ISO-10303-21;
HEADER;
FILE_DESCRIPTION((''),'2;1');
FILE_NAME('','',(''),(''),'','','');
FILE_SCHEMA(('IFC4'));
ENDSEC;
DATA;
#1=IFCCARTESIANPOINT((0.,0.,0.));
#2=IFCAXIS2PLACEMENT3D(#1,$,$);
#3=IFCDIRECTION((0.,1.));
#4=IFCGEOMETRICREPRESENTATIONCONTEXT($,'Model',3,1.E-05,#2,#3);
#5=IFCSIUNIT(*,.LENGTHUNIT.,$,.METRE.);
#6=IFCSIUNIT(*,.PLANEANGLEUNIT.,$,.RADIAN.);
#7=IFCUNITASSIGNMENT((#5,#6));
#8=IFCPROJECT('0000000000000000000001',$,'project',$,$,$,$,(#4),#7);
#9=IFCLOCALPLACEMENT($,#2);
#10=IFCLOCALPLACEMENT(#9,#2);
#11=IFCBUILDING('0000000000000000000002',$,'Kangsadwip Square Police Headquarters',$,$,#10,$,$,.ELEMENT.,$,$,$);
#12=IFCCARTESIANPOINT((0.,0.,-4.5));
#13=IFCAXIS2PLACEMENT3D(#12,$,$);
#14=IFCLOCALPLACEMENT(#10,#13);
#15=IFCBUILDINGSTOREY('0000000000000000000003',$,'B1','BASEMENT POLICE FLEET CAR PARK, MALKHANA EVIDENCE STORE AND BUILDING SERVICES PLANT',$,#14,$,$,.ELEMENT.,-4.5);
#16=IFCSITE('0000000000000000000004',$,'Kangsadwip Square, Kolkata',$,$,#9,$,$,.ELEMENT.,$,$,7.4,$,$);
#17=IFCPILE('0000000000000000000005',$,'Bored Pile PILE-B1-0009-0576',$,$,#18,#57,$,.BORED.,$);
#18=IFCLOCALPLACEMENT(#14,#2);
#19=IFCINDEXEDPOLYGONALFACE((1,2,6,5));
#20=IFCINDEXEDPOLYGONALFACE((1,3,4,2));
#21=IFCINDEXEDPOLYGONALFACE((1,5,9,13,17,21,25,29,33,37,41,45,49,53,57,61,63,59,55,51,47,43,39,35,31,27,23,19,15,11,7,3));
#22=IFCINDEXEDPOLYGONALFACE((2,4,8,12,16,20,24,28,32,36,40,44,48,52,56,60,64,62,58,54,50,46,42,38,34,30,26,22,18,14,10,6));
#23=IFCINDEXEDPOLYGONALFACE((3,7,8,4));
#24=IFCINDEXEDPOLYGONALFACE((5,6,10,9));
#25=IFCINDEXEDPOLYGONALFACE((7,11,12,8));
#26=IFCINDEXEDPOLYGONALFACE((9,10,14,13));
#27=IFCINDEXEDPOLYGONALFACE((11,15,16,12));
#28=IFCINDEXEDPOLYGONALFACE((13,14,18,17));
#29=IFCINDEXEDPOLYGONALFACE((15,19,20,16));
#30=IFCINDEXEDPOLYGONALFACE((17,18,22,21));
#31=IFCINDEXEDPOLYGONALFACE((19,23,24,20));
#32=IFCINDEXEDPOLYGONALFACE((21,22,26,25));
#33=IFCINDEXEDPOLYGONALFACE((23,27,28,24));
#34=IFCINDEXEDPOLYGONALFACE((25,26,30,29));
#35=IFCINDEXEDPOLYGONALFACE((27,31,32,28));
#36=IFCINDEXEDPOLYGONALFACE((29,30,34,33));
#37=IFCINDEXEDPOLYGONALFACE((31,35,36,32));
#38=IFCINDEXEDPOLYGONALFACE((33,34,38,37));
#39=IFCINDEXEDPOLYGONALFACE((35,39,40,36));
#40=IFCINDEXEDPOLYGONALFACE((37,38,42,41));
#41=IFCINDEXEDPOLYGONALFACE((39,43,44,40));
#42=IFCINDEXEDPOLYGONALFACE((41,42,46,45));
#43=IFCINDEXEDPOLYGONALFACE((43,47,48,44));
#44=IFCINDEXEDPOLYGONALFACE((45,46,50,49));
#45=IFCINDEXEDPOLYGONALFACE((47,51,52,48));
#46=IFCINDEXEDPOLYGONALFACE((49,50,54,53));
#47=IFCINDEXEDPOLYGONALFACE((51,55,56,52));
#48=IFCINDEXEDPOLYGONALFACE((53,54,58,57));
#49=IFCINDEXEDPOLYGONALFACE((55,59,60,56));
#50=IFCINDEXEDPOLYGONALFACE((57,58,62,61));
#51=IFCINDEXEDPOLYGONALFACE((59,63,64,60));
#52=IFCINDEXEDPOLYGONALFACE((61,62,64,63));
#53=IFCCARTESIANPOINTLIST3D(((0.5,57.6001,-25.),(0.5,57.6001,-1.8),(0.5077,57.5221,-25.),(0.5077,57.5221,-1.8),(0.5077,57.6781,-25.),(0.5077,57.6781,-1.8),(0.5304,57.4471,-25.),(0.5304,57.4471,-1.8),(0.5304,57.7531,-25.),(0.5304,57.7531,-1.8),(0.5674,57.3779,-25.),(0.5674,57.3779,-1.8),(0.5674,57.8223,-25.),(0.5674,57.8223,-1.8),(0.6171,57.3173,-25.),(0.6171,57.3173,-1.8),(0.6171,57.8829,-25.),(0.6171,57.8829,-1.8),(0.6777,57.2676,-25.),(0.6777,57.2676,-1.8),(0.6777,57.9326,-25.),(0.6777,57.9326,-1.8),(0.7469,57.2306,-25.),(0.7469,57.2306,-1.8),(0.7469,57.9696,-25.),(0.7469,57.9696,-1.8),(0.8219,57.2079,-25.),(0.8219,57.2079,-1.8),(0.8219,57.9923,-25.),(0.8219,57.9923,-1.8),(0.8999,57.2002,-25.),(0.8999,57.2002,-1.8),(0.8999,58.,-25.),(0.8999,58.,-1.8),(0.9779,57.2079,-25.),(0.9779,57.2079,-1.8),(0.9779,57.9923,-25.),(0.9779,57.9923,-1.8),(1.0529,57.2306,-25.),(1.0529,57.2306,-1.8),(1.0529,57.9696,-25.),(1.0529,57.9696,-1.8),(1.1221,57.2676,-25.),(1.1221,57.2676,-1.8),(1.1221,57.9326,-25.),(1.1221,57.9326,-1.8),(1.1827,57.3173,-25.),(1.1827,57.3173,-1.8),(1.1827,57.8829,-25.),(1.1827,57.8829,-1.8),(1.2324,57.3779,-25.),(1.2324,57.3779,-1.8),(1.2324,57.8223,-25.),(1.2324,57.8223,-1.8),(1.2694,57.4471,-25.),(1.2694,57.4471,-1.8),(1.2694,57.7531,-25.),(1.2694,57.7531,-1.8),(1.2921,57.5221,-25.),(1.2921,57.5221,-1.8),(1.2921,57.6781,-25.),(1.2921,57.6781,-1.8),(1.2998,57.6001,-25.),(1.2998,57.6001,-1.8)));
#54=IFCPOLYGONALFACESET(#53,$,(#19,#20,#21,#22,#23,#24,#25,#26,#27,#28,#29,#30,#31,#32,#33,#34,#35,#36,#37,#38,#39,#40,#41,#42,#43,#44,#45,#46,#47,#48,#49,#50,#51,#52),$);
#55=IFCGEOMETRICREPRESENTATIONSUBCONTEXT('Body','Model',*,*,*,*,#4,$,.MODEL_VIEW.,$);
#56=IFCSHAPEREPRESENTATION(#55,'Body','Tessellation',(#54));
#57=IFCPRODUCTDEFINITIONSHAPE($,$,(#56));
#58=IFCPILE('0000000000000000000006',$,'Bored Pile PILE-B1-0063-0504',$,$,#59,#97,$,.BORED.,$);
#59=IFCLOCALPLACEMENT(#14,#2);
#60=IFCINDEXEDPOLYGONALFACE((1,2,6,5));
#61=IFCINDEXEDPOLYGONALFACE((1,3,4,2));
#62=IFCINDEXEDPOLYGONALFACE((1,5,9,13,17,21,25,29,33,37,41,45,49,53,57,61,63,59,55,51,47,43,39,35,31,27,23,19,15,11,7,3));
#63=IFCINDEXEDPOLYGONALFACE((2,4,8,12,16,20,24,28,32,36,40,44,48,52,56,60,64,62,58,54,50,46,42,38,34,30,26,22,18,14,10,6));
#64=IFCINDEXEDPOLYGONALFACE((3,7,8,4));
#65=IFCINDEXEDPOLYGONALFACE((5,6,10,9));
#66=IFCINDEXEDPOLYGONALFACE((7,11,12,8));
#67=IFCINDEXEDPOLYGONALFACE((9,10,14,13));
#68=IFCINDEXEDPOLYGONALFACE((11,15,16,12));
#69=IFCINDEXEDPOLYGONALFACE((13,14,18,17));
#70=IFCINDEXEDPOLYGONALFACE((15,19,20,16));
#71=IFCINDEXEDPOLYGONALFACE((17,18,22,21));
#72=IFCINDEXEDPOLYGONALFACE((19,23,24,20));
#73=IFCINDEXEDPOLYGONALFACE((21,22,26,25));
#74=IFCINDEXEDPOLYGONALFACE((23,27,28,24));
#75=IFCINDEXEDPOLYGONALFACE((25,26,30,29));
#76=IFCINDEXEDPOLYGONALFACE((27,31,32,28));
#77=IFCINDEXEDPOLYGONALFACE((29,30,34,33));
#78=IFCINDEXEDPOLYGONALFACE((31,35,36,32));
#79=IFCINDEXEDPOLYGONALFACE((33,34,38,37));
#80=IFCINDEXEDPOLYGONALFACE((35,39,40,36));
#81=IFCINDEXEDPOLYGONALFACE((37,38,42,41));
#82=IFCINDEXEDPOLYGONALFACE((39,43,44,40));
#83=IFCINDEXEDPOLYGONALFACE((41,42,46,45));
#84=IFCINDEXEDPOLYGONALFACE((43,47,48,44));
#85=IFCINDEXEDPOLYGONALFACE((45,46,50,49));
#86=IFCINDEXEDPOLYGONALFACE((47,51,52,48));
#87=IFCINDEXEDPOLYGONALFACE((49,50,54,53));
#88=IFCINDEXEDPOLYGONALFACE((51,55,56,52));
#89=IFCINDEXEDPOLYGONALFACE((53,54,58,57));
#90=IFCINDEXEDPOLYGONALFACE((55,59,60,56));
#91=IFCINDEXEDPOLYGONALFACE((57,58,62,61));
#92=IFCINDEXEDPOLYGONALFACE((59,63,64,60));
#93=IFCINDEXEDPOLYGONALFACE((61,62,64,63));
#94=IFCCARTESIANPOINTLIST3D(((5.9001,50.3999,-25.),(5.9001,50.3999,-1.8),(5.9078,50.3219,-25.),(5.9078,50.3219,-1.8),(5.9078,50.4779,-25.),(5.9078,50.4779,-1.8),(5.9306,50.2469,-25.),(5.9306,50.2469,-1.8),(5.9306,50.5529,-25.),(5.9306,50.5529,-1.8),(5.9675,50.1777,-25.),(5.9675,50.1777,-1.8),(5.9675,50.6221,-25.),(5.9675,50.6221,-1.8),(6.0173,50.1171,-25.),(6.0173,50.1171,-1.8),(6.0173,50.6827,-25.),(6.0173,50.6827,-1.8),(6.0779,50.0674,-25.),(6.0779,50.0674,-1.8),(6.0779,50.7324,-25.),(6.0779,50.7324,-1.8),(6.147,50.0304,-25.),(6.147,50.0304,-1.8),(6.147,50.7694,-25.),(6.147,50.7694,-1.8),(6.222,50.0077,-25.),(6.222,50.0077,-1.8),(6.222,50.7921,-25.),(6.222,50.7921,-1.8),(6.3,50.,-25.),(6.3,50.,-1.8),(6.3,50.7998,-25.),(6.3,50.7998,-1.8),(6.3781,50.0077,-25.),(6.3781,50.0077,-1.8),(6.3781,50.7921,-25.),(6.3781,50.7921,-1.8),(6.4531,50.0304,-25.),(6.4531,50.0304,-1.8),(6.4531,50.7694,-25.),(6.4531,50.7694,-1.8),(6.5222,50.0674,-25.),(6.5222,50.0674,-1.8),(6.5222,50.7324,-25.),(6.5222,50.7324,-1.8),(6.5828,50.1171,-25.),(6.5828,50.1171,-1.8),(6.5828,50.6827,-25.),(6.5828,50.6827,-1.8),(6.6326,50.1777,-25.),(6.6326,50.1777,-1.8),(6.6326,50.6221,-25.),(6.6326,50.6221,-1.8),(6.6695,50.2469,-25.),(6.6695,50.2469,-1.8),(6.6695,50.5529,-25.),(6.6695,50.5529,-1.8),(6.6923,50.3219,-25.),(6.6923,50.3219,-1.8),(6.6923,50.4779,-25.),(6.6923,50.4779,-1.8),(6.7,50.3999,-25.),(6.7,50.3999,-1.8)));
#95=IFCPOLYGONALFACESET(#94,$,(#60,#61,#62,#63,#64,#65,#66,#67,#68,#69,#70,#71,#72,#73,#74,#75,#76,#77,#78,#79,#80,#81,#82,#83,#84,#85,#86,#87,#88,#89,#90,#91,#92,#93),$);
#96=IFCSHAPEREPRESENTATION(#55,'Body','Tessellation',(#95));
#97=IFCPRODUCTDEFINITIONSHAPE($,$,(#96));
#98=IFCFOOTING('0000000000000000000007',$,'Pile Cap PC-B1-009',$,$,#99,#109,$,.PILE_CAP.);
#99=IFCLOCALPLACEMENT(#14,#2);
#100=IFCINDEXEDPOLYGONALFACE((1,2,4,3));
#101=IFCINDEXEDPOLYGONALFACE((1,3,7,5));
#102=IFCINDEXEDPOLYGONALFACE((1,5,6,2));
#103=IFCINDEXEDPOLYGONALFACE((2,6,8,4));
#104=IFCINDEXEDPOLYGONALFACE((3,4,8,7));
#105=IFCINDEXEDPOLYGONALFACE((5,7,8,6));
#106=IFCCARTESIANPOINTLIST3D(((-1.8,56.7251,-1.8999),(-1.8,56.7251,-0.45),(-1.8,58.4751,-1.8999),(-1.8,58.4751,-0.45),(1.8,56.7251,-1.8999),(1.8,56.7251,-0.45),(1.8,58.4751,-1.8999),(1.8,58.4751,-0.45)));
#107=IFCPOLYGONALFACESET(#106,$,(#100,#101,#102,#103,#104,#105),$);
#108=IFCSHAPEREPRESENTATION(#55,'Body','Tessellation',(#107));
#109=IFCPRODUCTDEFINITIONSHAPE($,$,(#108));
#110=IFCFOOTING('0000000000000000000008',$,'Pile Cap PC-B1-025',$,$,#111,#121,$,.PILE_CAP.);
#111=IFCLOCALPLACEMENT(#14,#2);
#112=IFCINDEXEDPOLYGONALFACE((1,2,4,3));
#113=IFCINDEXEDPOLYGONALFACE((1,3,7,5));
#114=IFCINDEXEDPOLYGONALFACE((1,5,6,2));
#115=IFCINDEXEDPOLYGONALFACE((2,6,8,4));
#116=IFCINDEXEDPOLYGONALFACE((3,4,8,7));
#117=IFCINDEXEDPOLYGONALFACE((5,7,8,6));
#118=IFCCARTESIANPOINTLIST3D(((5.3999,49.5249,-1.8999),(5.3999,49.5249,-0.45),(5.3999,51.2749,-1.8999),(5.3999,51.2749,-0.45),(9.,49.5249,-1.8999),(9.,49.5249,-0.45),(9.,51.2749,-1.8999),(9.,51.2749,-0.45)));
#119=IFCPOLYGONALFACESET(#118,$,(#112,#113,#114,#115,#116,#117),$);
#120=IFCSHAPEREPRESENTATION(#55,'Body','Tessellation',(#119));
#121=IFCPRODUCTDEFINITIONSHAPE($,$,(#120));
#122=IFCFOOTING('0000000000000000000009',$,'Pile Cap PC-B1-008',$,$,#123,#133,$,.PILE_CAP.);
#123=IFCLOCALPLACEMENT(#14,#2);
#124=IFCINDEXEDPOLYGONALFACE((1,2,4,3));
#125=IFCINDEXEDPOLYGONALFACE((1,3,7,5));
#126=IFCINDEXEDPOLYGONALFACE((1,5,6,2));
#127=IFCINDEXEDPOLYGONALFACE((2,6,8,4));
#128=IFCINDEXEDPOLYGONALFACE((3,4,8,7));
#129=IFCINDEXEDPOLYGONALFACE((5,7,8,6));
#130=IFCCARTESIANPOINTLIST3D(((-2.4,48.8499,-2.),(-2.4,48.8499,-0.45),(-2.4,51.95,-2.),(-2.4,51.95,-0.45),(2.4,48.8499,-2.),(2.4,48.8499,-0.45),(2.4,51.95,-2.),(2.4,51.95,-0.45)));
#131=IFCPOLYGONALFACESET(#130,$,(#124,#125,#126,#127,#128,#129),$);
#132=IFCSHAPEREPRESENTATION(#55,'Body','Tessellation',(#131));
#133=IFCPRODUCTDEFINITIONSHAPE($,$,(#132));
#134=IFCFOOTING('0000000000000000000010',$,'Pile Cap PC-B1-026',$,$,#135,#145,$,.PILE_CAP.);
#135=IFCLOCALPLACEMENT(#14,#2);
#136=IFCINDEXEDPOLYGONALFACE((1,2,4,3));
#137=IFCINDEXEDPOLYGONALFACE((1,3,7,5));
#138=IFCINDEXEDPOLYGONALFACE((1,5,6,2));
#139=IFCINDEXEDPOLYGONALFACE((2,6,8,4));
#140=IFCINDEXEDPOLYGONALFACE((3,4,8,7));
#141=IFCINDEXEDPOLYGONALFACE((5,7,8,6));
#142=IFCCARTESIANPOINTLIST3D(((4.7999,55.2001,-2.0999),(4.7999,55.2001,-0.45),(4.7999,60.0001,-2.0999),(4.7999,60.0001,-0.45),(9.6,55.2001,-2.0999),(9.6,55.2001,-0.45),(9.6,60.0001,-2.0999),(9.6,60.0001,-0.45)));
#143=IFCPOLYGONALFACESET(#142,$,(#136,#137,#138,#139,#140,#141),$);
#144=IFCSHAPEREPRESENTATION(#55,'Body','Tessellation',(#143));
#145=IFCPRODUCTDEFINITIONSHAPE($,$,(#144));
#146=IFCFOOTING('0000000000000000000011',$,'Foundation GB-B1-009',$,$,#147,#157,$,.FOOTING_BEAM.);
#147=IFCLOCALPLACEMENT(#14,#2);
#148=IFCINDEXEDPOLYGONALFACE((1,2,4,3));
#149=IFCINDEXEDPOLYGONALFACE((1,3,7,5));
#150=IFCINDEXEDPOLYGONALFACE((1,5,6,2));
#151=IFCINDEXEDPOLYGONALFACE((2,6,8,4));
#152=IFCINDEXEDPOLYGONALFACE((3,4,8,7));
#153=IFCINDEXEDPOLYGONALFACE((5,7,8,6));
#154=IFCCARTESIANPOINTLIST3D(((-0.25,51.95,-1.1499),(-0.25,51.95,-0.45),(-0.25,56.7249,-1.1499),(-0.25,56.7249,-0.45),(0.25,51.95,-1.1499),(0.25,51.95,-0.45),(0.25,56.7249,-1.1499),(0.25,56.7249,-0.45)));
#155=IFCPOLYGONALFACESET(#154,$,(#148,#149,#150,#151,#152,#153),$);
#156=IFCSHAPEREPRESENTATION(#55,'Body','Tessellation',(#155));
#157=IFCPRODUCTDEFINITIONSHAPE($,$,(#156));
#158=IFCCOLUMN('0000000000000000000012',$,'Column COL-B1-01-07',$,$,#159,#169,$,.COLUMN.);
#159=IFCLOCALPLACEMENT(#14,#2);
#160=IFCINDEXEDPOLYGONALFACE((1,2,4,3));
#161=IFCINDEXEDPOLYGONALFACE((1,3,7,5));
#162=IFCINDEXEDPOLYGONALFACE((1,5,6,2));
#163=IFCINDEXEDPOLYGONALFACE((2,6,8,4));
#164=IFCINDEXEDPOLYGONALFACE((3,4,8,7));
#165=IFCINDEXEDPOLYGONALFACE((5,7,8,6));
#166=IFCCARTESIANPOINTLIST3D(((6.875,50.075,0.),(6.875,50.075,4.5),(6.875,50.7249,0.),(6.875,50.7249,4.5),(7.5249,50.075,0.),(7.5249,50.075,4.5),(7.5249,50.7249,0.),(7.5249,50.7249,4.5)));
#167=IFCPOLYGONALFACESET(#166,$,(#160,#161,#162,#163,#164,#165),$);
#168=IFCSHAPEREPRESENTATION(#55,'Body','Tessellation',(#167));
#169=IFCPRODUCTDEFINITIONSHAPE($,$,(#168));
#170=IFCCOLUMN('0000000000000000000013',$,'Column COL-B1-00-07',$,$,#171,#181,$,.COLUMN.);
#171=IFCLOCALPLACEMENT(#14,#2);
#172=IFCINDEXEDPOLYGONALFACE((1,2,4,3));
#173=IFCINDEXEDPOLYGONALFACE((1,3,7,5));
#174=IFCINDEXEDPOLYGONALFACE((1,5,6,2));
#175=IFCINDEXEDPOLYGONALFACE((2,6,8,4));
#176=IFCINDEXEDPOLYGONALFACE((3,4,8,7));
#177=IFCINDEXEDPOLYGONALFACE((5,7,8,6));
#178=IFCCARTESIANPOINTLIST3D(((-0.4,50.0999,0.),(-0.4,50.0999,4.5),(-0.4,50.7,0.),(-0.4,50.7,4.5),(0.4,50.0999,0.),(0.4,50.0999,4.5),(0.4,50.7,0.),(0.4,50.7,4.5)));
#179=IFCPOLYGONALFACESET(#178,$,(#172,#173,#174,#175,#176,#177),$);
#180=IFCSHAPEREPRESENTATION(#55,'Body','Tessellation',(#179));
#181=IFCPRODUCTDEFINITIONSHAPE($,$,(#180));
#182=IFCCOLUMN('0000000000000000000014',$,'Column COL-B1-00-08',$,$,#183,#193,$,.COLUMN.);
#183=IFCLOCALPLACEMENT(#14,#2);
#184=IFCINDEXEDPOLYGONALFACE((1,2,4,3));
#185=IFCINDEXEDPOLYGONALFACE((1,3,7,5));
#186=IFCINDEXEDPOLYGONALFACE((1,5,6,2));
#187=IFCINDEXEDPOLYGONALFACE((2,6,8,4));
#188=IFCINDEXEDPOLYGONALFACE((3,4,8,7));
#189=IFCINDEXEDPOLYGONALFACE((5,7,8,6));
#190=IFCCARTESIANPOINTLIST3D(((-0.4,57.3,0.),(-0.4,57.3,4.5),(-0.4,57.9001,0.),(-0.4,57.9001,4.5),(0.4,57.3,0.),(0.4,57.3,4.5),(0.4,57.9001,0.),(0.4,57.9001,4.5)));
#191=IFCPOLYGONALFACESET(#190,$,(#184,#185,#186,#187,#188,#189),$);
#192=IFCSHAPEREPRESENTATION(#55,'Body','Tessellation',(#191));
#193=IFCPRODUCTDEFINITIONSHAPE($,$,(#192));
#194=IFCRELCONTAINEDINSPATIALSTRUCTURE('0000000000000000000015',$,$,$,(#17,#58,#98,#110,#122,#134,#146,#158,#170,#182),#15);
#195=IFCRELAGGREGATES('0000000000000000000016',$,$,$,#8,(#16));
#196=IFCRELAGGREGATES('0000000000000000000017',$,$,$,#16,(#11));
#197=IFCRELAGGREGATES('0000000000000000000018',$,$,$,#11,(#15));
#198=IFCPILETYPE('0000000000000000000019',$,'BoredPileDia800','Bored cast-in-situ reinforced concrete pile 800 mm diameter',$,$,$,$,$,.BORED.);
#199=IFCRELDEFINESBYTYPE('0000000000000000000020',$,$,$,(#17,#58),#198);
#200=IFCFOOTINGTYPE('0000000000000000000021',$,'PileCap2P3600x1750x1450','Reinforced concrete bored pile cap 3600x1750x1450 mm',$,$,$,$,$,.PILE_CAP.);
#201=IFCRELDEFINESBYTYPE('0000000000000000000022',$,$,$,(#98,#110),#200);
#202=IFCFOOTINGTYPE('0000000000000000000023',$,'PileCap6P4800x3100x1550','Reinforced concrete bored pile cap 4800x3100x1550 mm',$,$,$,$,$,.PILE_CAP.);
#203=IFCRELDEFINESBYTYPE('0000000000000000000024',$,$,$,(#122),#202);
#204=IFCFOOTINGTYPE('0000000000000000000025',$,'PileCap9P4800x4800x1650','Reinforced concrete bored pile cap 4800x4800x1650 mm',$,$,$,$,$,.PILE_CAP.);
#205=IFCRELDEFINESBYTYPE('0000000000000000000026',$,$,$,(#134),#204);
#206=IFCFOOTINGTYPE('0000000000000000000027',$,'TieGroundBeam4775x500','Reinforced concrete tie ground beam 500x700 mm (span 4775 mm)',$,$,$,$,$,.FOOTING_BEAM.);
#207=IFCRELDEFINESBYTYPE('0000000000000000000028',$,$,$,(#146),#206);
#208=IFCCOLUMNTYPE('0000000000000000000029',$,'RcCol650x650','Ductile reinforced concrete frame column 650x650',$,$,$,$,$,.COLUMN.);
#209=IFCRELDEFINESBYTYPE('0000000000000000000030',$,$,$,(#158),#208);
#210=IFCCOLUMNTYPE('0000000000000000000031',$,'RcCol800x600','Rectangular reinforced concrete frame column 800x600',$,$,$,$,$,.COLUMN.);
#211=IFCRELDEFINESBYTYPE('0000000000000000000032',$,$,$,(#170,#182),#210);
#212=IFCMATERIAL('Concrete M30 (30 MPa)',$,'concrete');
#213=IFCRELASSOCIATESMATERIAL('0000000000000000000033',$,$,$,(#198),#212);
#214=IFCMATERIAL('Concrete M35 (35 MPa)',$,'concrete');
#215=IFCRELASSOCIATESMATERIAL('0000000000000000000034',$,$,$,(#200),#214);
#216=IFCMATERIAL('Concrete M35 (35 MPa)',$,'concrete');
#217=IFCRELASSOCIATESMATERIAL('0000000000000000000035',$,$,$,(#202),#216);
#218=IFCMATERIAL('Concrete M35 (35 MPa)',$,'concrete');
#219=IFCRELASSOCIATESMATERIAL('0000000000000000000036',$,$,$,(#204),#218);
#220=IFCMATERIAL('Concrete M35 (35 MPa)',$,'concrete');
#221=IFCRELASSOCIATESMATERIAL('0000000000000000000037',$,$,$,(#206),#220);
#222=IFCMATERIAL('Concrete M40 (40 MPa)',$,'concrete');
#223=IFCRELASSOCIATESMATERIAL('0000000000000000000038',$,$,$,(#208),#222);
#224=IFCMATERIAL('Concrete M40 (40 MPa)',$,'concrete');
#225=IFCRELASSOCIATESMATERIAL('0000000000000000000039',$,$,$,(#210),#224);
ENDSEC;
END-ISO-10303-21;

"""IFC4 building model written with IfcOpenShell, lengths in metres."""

from ifc_helpers import new_model, si_unit, direction, frame, origin, origin_2d, place, context, subcontext, project, spatial, rectangle, circle, extrude, material, material_profile, profile_set, type_object, element, save


model = new_model("IFC4")

# Units and contexts
model_context = context("Model", 3, precision=1e-05, world=origin(), true_north=direction((0.0, 1.0)))
body_context = subcontext(model_context, "Body", "Model", "MODEL_VIEW")
ifc_project = project(units=[si_unit("LENGTHUNIT", "METRE"), si_unit("PLANEANGLEUNIT", "RADIAN")], contexts=[model_context])

# Site, building, storey
site_placement = place(None, origin())
site = spatial("IfcSite", under=ifc_project, at=site_placement, Name="Kangsadwip Square, Kolkata", CompositionType="ELEMENT", RefElevation=7.4)
building_placement = place(site_placement, origin())
building = spatial("IfcBuilding", under=site, at=building_placement, Name="Kangsadwip Square Police Headquarters", CompositionType="ELEMENT")
storey_placement = place(building_placement, frame((0.0, 0.0, -4.5)))
storey = spatial("IfcBuildingStorey", under=building, at=storey_placement, Name="B1", Description="BASEMENT POLICE FLEET CAR PARK, MALKHANA EVIDENCE STORE AND BUILDING SERVICES PLANT", CompositionType="ELEMENT", Elevation=-4.5)

# Piles
ifc_material_1 = material(Name="Concrete M30 (30 MPa)", Category="concrete")
ifc_material_profile_1 = material_profile(ifc_material_1, circle(Radius=0.3999, at=origin_2d()), Name="PILE DIA 800")
ifc_profile_set_1 = profile_set([ifc_material_profile_1], Name="Concrete M30 (30 MPa)")
pile_type_1 = type_object("IfcPileType", Name="BoredPileDia800", Description="Bored cast-in-situ reinforced concrete pile 800 mm diameter", PredefinedType="BORED", material=ifc_profile_set_1)
for number, where, z_axis, x_axis, name in (
    (1, (0.8999, 57.6001, -1.8), (0.0, 0.0, -1.0), (1.0, 0.0, 0.0), "Bored Pile PILE-B1-0009-0576"),
    (2, (6.3, 50.3999, -1.8), (0.0, 0.0, -1.0), (1.0, 0.0, 0.0), "Bored Pile PILE-B1-0063-0504"),
):
    element("IfcPile", number, at=place(storey_placement, frame(where, z_axis=z_axis, x_axis=x_axis)), inside=storey, type_object=pile_type_1, Name=name, PredefinedType="BORED", context=body_context, shape_type="SweptSolid", body=[
        extrude(circle(Radius=0.3999, at=origin_2d()), origin(), (0.0, 0.0, 1.0), 23.2),
    ])

# Footings
ifc_material_2 = material(Name="Concrete M35 (35 MPa)", Category="concrete")
footing_type_1 = type_object("IfcFootingType", Name="PileCap2P3600x1750x1450", Description="Reinforced concrete bored pile cap 3600x1750x1450 mm", PredefinedType="PILE_CAP", material=ifc_material_2)
for number, where, z_axis, x_axis, name in (
    (3, (0.0, 57.6001, -1.8999), (0.0, 0.0, 1.0), (1.0, 0.0, 0.0), "Pile Cap PC-B1-009"),
    (4, (7.2, 50.3999, -1.8999), (0.0, 0.0, 1.0), (1.0, 0.0, 0.0), "Pile Cap PC-B1-025"),
):
    element("IfcFooting", number, at=place(storey_placement, frame(where, z_axis=z_axis, x_axis=x_axis)), inside=storey, type_object=footing_type_1, Name=name, PredefinedType="PILE_CAP", context=body_context, shape_type="SweptSolid", body=[
        extrude(rectangle(XDim=3.6001, YDim=1.75, at=origin_2d()), origin(), (0.0, 0.0, 1.0), 1.45),
    ])
ifc_material_3 = material(Name="Concrete M35 (35 MPa)", Category="concrete")
footing_type_2 = type_object("IfcFootingType", Name="PileCap6P4800x3100x1550", Description="Reinforced concrete bored pile cap 4800x3100x1550 mm", PredefinedType="PILE_CAP", material=ifc_material_3)
footing_1_placement = place(storey_placement, frame((0.0, 50.3999, -2.0), z_axis=(0.0, 0.0, 1.0), x_axis=(1.0, 0.0, 0.0)))
element("IfcFooting", 5, at=footing_1_placement, inside=storey, type_object=footing_type_2, Name="Pile Cap PC-B1-008", PredefinedType="PILE_CAP", context=body_context, shape_type="SweptSolid", body=[
    extrude(rectangle(XDim=4.8, YDim=3.1001, at=origin_2d()), origin(), (0.0, 0.0, 1.0), 1.55),
])
ifc_material_4 = material(Name="Concrete M35 (35 MPa)", Category="concrete")
footing_type_3 = type_object("IfcFootingType", Name="PileCap9P4800x4800x1650", Description="Reinforced concrete bored pile cap 4800x4800x1650 mm", PredefinedType="PILE_CAP", material=ifc_material_4)
footing_2_placement = place(storey_placement, frame((7.2, 57.6001, -2.0999), z_axis=(0.0, 0.0, 1.0), x_axis=(1.0, 0.0, 0.0)))
element("IfcFooting", 6, at=footing_2_placement, inside=storey, type_object=footing_type_3, Name="Pile Cap PC-B1-026", PredefinedType="PILE_CAP", context=body_context, shape_type="SweptSolid", body=[
    extrude(rectangle(XDim=4.8, YDim=4.8, at=origin_2d()), origin(), (0.0, 0.0, 1.0), 1.6499),
])
ifc_material_5 = material(Name="Concrete M35 (35 MPa)", Category="concrete")
footing_type_4 = type_object("IfcFootingType", Name="TieGroundBeam4775x500", Description="Reinforced concrete tie ground beam 500x700 mm (span 4775 mm)", PredefinedType="FOOTING_BEAM", material=ifc_material_5)
footing_3_placement = place(storey_placement, frame((0.0, 54.3374, -1.1499), z_axis=(0.0, 0.0, 1.0), x_axis=(0.0, 1.0, 0.0)))
element("IfcFooting", 7, at=footing_3_placement, inside=storey, type_object=footing_type_4, Name="Foundation GB-B1-009", PredefinedType="FOOTING_BEAM", context=body_context, shape_type="SweptSolid", body=[
    extrude(rectangle(XDim=4.7749, YDim=0.5, at=origin_2d()), origin(), (0.0, 0.0, 1.0), 0.7),
])

# Columns
ifc_material_6 = material(Name="Concrete M40 (40 MPa)", Category="concrete")
ifc_material_profile_2 = material_profile(ifc_material_6, rectangle(XDim=0.6499, YDim=0.6499, at=origin_2d()), Name="RC COL 650X650")
ifc_profile_set_2 = profile_set([ifc_material_profile_2], Name="Concrete M40 (40 MPa)")
column_type_1 = type_object("IfcColumnType", Name="RcCol650x650", Description="Ductile reinforced concrete frame column 650x650", PredefinedType="COLUMN", material=ifc_profile_set_2)
column_placement = place(storey_placement, frame((7.2, 50.3999, 0.0), z_axis=(0.0, 0.0, 1.0), x_axis=(1.0, 0.0, 0.0)))
element("IfcColumn", 8, at=column_placement, inside=storey, type_object=column_type_1, Name="Column COL-B1-01-07", PredefinedType="COLUMN", context=body_context, shape_type="SweptSolid", body=[
    extrude(rectangle(XDim=0.6499, YDim=0.6499, at=origin_2d()), origin(), (0.0, 0.0, 1.0), 4.5),
])
ifc_material_7 = material(Name="Concrete M40 (40 MPa)", Category="concrete")
ifc_material_profile_3 = material_profile(ifc_material_7, rectangle(XDim=0.6001, YDim=0.8, at=origin_2d()), Name="RC COL 800X600")
ifc_profile_set_3 = profile_set([ifc_material_profile_3], Name="Concrete M40 (40 MPa)")
column_type_2 = type_object("IfcColumnType", Name="RcCol800x600", Description="Rectangular reinforced concrete frame column 800x600", PredefinedType="COLUMN", material=ifc_profile_set_3)
for number, where, z_axis, x_axis, name in (
    (9, (0.0, 50.3999, 0.0), (0.0, 0.0, 1.0), (0.0, 1.0, 0.0), "Column COL-B1-00-07"),
    (10, (0.0, 57.6001, 0.0), (0.0, 0.0, 1.0), (0.0, 1.0, 0.0), "Column COL-B1-00-08"),
):
    element("IfcColumn", number, at=place(storey_placement, frame(where, z_axis=z_axis, x_axis=x_axis)), inside=storey, type_object=column_type_2, Name=name, PredefinedType="COLUMN", context=body_context, shape_type="SweptSolid", body=[
        extrude(rectangle(XDim=0.6001, YDim=0.8, at=origin_2d()), origin(), (0.0, 0.0, 1.0), 4.5),
    ])

save(model, "model.ifc")
